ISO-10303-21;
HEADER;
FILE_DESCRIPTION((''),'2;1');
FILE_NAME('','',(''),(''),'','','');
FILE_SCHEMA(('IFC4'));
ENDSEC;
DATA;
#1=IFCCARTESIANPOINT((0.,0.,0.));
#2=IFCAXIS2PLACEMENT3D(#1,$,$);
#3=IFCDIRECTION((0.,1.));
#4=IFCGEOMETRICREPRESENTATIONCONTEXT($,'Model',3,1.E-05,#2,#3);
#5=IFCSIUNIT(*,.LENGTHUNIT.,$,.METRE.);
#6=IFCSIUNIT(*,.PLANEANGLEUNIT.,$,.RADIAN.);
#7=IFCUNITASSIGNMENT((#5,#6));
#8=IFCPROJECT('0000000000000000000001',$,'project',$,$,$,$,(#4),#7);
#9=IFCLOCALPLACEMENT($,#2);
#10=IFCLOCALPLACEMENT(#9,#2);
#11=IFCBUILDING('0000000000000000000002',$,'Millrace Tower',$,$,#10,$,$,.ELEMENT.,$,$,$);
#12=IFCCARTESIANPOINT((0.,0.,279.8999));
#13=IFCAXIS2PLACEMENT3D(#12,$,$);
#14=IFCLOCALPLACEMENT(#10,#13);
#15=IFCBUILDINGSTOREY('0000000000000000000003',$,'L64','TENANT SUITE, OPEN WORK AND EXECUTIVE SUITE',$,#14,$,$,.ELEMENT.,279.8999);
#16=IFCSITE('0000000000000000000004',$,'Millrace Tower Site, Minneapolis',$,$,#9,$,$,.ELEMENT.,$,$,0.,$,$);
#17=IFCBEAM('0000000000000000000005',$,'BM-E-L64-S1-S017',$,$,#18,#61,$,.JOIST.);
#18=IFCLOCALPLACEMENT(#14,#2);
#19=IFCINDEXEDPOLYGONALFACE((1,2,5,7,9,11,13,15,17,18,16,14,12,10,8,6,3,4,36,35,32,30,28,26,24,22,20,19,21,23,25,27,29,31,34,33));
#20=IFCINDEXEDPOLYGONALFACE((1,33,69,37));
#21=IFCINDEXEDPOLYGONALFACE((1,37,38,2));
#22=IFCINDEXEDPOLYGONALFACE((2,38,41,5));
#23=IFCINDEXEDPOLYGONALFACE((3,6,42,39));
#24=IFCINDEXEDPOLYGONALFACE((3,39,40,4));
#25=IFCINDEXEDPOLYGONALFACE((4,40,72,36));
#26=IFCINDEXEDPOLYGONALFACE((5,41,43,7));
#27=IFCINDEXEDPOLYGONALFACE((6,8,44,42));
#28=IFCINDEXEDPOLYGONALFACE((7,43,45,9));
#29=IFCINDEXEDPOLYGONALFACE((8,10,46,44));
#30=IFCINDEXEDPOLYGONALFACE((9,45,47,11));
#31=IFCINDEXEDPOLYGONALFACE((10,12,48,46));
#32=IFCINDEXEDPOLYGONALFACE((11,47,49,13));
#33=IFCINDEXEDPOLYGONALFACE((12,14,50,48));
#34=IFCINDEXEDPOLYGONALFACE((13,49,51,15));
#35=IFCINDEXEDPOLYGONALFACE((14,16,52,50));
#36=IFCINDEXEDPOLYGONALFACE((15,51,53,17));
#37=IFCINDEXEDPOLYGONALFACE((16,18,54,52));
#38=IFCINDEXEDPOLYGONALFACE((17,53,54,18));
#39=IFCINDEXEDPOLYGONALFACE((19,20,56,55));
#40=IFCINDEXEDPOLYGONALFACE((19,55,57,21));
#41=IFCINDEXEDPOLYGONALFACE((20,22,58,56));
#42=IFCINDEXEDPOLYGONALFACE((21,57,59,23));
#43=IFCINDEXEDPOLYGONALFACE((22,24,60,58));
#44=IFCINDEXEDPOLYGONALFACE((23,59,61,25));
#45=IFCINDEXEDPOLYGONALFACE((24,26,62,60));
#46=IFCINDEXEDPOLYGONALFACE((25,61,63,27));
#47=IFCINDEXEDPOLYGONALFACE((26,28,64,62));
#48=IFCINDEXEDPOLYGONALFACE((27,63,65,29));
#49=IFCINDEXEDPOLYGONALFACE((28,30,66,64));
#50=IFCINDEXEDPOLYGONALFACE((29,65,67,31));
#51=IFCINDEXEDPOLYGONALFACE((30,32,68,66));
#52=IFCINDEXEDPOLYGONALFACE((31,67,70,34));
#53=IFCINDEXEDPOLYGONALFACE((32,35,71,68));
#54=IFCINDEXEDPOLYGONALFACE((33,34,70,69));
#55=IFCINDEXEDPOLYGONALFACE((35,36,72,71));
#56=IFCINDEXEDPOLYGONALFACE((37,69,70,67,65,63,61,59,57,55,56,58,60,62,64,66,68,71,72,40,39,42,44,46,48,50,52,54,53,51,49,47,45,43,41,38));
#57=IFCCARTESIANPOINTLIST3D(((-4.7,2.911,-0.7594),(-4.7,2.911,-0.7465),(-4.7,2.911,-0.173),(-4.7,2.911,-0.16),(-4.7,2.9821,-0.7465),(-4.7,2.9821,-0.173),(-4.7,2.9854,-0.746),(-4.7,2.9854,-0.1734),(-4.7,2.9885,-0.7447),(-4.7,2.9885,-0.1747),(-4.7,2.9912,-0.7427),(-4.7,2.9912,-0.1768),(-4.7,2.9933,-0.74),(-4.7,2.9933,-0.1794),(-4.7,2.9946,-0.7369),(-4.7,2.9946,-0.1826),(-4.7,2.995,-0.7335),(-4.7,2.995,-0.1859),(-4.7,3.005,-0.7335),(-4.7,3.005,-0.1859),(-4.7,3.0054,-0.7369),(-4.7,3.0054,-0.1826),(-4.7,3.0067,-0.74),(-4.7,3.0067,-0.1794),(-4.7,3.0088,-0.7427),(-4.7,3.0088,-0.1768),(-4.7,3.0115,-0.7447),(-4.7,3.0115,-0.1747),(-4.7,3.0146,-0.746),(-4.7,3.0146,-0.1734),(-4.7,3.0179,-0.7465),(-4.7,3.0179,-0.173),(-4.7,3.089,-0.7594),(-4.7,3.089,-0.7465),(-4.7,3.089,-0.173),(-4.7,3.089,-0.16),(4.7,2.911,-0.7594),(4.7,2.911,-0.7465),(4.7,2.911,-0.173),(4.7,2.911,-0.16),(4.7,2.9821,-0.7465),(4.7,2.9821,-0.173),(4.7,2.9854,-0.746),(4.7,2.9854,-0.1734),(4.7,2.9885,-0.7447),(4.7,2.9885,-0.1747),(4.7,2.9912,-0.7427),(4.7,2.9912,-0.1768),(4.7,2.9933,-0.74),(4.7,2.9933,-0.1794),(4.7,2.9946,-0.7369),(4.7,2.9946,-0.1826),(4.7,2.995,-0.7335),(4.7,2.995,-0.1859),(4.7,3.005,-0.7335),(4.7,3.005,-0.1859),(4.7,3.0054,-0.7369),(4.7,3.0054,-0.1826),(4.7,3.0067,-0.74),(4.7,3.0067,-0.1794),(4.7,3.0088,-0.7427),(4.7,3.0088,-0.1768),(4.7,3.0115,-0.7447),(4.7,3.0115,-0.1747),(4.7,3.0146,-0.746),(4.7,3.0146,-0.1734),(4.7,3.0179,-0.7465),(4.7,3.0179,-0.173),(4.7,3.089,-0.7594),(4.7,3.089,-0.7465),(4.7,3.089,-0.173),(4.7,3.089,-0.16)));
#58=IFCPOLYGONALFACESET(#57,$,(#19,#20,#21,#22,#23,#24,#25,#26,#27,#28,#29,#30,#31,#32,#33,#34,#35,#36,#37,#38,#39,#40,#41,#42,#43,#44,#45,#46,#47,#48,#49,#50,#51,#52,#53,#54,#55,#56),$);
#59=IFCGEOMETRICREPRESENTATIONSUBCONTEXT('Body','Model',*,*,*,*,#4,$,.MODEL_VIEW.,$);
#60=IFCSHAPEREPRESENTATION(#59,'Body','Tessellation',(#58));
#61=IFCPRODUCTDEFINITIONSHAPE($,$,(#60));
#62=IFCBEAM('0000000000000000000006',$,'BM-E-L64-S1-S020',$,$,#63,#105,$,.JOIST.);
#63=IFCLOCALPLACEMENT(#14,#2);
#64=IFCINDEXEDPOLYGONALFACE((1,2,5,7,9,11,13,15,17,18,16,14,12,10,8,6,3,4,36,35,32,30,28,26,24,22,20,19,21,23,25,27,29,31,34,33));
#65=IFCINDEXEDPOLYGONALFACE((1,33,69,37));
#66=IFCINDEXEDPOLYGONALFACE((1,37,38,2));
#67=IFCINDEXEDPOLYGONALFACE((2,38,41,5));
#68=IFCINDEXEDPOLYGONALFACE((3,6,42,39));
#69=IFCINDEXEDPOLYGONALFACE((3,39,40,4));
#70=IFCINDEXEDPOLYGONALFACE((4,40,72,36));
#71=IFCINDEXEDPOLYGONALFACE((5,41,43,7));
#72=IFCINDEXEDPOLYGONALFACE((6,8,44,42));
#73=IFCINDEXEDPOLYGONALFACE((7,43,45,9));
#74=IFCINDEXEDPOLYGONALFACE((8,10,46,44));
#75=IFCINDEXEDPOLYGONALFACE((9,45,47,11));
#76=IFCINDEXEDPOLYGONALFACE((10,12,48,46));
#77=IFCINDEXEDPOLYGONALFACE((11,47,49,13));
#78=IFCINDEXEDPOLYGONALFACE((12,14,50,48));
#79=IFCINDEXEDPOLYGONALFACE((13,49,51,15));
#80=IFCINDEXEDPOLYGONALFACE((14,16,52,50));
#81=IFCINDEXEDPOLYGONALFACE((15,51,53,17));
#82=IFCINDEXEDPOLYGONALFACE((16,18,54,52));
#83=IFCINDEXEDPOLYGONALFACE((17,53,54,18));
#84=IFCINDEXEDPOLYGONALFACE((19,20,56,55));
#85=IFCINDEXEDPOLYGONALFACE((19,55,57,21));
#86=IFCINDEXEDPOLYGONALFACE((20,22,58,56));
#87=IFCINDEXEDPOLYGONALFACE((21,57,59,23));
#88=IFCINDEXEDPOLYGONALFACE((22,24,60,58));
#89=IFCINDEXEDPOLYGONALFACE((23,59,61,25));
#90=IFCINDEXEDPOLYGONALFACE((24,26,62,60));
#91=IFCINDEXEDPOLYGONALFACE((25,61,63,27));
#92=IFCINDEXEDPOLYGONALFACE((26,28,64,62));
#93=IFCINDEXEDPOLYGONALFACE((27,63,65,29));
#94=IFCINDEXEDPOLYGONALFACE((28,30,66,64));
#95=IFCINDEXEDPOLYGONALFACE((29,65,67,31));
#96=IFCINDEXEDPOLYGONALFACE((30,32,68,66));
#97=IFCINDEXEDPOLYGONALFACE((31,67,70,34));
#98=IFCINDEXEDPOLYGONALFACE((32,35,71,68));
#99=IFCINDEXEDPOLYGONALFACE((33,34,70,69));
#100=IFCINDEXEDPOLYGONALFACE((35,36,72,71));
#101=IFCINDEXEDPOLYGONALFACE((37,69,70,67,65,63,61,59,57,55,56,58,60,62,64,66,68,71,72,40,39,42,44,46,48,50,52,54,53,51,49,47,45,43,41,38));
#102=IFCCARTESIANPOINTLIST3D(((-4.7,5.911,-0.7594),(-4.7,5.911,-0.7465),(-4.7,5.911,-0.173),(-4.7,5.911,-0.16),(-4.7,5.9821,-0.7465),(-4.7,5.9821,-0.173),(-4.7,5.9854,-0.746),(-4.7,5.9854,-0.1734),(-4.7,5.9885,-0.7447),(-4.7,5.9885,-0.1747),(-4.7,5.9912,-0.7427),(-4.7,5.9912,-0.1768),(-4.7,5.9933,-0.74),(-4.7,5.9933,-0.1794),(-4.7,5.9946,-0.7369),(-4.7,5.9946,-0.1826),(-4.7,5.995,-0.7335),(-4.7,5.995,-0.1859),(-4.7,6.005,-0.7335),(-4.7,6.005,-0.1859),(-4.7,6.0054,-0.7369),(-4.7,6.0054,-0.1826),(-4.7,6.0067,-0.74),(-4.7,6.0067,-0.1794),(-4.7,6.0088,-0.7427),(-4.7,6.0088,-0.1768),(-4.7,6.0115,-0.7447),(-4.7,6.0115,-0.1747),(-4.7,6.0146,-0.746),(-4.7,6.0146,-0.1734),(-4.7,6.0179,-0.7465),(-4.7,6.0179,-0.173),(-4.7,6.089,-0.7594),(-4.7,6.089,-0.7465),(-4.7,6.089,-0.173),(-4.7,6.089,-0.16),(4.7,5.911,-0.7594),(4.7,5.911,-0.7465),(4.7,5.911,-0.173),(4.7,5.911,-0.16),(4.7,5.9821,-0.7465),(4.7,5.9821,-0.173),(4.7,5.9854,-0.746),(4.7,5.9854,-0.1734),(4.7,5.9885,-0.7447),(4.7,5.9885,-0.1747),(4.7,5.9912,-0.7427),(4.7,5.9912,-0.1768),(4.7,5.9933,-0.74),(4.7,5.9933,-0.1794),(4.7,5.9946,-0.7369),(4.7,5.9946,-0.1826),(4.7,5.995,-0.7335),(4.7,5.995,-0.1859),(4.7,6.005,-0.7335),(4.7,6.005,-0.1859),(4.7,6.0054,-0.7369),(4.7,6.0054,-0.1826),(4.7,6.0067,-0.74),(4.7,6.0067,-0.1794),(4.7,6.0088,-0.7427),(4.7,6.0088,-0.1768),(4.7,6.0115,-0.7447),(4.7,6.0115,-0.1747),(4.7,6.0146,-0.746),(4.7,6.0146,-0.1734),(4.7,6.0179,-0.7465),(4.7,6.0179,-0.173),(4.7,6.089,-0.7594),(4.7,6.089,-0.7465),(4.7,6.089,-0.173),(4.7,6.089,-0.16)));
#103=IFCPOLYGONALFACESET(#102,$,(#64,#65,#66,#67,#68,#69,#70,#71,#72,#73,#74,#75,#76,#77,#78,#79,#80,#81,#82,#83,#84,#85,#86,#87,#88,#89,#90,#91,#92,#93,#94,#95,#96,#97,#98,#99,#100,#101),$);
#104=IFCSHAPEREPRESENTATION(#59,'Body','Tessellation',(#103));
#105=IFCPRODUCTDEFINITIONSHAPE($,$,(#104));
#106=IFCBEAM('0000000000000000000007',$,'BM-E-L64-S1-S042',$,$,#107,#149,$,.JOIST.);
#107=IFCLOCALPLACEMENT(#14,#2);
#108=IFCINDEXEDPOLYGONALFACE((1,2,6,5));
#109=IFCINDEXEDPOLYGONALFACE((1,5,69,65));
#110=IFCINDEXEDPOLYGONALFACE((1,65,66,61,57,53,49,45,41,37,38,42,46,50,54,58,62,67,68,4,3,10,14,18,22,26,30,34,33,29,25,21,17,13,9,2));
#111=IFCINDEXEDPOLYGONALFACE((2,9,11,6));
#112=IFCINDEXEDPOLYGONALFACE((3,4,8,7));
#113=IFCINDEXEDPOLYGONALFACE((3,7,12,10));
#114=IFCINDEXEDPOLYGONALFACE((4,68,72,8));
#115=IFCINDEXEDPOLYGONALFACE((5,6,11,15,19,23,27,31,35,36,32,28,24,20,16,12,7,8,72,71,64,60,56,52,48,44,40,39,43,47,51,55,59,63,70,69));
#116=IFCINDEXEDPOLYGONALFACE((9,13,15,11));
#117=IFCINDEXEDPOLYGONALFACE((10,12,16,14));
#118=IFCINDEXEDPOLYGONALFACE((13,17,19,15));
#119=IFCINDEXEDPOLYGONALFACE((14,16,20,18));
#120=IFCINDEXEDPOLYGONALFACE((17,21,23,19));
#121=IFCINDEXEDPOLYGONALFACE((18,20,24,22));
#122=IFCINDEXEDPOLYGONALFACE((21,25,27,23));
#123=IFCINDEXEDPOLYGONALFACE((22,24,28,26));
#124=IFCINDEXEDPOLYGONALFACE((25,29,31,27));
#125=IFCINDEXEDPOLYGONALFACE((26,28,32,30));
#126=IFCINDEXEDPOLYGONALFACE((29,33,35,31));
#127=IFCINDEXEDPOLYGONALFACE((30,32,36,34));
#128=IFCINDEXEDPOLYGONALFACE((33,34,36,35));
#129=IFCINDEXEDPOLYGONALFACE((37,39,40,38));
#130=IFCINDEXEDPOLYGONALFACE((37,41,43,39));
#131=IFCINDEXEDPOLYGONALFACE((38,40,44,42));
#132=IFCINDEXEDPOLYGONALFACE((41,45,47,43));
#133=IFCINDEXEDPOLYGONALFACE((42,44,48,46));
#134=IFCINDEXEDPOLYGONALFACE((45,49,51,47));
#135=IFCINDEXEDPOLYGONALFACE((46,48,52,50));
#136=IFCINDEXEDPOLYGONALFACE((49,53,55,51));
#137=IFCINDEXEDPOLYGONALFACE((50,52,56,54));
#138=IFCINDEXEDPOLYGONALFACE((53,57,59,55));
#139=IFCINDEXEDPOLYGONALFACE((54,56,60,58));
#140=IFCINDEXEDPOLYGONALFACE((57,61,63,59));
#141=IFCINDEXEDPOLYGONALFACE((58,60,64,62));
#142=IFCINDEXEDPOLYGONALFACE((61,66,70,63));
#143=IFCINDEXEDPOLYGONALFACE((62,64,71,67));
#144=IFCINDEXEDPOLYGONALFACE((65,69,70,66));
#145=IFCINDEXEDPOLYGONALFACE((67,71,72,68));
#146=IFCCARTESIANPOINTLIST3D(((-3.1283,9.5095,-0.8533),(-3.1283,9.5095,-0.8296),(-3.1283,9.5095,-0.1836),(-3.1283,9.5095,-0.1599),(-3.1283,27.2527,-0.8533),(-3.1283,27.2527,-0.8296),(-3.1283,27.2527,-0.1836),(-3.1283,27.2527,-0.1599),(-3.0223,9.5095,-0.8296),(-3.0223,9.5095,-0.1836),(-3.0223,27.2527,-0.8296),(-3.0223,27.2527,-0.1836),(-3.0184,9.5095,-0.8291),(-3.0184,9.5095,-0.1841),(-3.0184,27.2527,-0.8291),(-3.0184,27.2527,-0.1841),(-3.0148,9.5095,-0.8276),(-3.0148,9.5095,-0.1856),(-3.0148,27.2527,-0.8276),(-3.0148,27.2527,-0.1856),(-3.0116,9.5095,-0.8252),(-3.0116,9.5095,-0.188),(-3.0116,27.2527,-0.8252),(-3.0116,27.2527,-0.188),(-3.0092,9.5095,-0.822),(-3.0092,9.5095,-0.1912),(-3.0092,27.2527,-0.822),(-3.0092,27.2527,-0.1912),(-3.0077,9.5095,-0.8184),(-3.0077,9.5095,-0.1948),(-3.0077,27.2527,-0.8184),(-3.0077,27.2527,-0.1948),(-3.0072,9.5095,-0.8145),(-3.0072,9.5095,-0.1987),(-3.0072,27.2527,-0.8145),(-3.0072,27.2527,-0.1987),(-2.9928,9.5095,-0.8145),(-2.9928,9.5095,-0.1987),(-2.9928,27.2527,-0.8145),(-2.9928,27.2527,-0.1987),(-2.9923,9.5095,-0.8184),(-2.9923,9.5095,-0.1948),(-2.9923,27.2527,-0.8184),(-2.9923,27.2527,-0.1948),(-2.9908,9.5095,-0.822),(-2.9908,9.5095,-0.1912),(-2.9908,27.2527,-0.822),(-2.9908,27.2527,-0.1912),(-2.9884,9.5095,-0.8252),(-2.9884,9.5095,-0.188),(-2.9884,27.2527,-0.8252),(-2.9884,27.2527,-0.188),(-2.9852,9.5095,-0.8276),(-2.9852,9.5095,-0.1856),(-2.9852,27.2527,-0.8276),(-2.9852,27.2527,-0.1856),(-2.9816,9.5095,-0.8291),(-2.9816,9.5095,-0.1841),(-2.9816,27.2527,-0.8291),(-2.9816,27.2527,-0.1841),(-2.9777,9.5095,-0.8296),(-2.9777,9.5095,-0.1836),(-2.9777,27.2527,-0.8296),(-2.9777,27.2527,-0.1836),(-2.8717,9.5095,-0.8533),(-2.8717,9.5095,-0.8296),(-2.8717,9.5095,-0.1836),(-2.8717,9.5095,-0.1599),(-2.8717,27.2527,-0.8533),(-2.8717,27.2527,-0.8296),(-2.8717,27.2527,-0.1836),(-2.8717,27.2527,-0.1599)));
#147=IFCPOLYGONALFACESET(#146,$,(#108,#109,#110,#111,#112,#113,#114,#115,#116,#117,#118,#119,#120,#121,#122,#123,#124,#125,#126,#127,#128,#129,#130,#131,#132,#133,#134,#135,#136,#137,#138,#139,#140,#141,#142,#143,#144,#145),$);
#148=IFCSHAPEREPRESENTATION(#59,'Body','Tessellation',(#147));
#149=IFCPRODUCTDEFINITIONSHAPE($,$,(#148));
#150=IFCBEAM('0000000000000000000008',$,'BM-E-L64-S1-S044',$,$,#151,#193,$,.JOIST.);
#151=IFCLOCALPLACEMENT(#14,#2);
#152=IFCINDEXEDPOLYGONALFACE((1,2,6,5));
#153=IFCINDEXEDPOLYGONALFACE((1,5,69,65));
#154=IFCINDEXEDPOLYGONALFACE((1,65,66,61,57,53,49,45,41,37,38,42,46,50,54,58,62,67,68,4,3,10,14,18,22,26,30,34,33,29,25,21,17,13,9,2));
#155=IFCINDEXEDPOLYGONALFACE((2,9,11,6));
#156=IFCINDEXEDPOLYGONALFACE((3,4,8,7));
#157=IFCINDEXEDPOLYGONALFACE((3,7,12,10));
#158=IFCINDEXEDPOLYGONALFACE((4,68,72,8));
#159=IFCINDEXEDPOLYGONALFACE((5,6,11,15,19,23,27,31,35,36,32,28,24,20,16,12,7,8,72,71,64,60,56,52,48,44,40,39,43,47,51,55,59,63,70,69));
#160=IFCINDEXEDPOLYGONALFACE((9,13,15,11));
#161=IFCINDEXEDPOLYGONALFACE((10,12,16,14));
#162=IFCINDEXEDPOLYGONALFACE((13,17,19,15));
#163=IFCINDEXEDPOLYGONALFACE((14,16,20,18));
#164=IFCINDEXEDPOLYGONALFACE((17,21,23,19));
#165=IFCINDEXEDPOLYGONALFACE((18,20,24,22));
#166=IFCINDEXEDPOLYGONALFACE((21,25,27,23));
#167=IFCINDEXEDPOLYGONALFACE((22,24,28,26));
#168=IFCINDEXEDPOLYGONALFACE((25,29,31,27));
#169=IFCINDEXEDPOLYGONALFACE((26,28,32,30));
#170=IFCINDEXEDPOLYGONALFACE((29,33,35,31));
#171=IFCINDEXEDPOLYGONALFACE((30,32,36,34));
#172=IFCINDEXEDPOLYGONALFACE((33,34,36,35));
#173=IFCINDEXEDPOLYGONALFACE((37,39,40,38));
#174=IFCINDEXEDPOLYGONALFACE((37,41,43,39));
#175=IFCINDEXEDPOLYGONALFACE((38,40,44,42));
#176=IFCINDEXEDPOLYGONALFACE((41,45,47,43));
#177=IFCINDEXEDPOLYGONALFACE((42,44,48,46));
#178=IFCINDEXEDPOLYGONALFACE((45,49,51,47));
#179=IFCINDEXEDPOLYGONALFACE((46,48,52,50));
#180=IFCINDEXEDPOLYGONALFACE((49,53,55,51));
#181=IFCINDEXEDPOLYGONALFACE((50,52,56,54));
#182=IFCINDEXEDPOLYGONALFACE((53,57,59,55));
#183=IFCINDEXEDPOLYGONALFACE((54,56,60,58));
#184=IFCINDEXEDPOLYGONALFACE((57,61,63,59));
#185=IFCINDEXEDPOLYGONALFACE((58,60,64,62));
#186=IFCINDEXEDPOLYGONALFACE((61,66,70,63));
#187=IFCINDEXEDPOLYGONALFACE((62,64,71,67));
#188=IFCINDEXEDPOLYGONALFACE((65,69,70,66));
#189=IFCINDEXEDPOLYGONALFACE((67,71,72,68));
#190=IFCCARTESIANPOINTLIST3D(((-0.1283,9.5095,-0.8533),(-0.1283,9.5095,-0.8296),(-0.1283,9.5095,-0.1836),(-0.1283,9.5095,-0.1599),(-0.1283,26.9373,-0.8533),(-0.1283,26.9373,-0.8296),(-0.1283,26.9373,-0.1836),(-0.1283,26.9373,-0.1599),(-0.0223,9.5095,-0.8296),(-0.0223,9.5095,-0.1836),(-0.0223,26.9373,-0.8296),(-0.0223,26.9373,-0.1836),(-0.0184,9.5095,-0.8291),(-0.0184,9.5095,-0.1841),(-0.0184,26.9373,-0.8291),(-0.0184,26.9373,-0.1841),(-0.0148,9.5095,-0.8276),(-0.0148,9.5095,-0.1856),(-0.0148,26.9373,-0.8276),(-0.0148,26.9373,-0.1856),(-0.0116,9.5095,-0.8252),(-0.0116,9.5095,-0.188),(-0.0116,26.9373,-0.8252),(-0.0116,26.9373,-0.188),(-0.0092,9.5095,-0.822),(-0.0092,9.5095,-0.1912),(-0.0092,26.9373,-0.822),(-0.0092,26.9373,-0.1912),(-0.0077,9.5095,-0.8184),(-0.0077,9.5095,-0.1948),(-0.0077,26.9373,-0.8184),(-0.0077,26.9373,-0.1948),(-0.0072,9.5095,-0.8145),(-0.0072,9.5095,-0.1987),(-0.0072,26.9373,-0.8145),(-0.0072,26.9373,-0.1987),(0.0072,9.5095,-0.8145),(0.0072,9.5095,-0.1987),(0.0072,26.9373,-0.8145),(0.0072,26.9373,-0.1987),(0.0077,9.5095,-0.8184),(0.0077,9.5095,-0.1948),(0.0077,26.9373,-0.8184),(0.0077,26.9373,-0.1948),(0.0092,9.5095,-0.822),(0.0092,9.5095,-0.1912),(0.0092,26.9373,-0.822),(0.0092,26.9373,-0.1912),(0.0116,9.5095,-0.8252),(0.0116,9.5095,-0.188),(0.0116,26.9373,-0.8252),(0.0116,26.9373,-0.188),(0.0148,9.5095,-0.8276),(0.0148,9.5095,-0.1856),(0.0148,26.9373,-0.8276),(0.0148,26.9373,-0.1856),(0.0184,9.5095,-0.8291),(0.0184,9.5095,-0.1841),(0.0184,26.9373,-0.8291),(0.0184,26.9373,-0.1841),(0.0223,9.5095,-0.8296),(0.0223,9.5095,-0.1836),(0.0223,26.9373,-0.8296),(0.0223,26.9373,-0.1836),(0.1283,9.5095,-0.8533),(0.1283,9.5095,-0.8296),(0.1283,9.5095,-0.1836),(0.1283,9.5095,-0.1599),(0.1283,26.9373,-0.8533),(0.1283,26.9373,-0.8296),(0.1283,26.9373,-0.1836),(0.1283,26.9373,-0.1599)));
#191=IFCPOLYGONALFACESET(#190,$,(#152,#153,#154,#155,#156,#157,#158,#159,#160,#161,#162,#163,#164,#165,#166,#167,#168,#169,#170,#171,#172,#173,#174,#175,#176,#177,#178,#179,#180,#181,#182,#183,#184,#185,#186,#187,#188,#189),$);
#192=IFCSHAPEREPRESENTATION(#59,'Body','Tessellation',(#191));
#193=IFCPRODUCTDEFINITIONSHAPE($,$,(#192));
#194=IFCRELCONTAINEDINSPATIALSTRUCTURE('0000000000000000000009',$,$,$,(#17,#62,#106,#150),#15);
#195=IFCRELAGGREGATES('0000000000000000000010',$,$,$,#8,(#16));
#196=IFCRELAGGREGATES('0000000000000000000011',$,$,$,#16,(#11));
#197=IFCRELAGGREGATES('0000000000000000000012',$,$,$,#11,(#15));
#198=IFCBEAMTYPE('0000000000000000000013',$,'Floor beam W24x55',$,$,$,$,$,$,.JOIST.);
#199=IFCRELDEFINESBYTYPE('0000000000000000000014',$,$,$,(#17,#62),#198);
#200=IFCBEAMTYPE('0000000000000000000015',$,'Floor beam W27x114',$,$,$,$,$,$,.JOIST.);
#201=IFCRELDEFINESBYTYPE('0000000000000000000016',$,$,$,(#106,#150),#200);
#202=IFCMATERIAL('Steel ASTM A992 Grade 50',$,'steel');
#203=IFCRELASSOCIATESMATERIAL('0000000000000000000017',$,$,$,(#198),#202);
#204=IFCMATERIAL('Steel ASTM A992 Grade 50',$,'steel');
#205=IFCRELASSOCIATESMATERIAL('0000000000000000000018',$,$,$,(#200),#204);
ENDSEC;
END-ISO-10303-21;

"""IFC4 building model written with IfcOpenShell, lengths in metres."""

from ifc_helpers import new_model, si_unit, direction, frame, origin, origin_2d, place, context, subcontext, project, spatial, i_section, extrude, material, material_profile, profile_set, type_object, element, save


model = new_model("IFC4")

# Units and contexts
model_context = context("Model", 3, precision=1e-05, world=origin(), true_north=direction((0.0, 1.0)))
body_context = subcontext(model_context, "Body", "Model", "MODEL_VIEW")
ifc_project = project(units=[si_unit("LENGTHUNIT", "METRE"), si_unit("PLANEANGLEUNIT", "RADIAN")], contexts=[model_context])

# Site, building, storey
site_placement = place(None, origin())
site = spatial("IfcSite", under=ifc_project, at=site_placement, Name="Millrace Tower Site, Minneapolis", CompositionType="ELEMENT", RefElevation=0.0)
building_placement = place(site_placement, origin())
building = spatial("IfcBuilding", under=site, at=building_placement, Name="Millrace Tower", CompositionType="ELEMENT")
storey_placement = place(building_placement, frame((0.0, 0.0, 279.8999)))
storey = spatial("IfcBuildingStorey", under=building, at=storey_placement, Name="L64", Description="TENANT SUITE, OPEN WORK AND EXECUTIVE SUITE", CompositionType="ELEMENT", Elevation=279.8999)

# Beams
ifc_material_1 = material(Name="Steel ASTM A992 Grade 50", Category="steel")
ifc_material_profile_1 = material_profile(ifc_material_1, i_section(OverallWidth=0.178, OverallDepth=0.5994, WebThickness=0.01, FlangeThickness=0.0129, FilletRadius=0.0129, at=origin_2d()))
ifc_profile_set_1 = profile_set([ifc_material_profile_1], Name="Steel ASTM A992 Grade 50")
beam_type_1 = type_object("IfcBeamType", Name="Floor beam W24x55", PredefinedType="JOIST", material=ifc_profile_set_1)
for number, where, z_axis, x_axis, name in (
    (1, (-4.7, 3.0, -0.4597), (1.0, 0.0, 0.0), (0.0, 1.0, 0.0), "BM-E-L64-S1-S017"),
    (2, (-4.7, 6.0, -0.4597), (1.0, 0.0, 0.0), (0.0, 1.0, 0.0), "BM-E-L64-S1-S020"),
):
    element("IfcBeam", number, at=place(storey_placement, frame(where, z_axis=z_axis, x_axis=x_axis)), inside=storey, type_object=beam_type_1, Name=name, PredefinedType="JOIST", context=body_context, shape_type="SweptSolid", body=[
        extrude(i_section(OverallWidth=0.178, OverallDepth=0.5994, WebThickness=0.01, FlangeThickness=0.0129, FilletRadius=0.0129, at=origin_2d()), origin(), (0.0, 0.0, 1.0), 9.3999),
    ])
ifc_material_2 = material(Name="Steel ASTM A992 Grade 50", Category="steel")
ifc_material_profile_2 = material_profile(ifc_material_2, i_section(OverallWidth=0.2566, OverallDepth=0.6934, WebThickness=0.0144, FlangeThickness=0.0237, FilletRadius=0.0151, at=origin_2d()))
ifc_profile_set_2 = profile_set([ifc_material_profile_2], Name="Steel ASTM A992 Grade 50")
beam_type_2 = type_object("IfcBeamType", Name="Floor beam W27x114", PredefinedType="JOIST", material=ifc_profile_set_2)
beam_1_placement = place(storey_placement, frame((-3.0, 9.5095, -0.5066), z_axis=(0.0, 1.0, 0.0), x_axis=(-1.0, 0.0, 0.0)))
element("IfcBeam", 3, at=beam_1_placement, inside=storey, type_object=beam_type_2, Name="BM-E-L64-S1-S042", PredefinedType="JOIST", context=body_context, shape_type="SweptSolid", body=[
    extrude(i_section(OverallWidth=0.2566, OverallDepth=0.6934, WebThickness=0.0144, FlangeThickness=0.0237, FilletRadius=0.0151, at=origin_2d()), origin(), (0.0, 0.0, 1.0), 17.7432),
])
beam_2_placement = place(storey_placement, frame((0.0, 9.5095, -0.5066), z_axis=(0.0, 1.0, 0.0), x_axis=(-1.0, 0.0, 0.0)))
element("IfcBeam", 4, at=beam_2_placement, inside=storey, type_object=beam_type_2, Name="BM-E-L64-S1-S044", PredefinedType="JOIST", context=body_context, shape_type="SweptSolid", body=[
    extrude(i_section(OverallWidth=0.2566, OverallDepth=0.6934, WebThickness=0.0144, FlangeThickness=0.0237, FilletRadius=0.0151, at=origin_2d()), origin(), (0.0, 0.0, 1.0), 17.4277),
])

save(model, "model.ifc")
